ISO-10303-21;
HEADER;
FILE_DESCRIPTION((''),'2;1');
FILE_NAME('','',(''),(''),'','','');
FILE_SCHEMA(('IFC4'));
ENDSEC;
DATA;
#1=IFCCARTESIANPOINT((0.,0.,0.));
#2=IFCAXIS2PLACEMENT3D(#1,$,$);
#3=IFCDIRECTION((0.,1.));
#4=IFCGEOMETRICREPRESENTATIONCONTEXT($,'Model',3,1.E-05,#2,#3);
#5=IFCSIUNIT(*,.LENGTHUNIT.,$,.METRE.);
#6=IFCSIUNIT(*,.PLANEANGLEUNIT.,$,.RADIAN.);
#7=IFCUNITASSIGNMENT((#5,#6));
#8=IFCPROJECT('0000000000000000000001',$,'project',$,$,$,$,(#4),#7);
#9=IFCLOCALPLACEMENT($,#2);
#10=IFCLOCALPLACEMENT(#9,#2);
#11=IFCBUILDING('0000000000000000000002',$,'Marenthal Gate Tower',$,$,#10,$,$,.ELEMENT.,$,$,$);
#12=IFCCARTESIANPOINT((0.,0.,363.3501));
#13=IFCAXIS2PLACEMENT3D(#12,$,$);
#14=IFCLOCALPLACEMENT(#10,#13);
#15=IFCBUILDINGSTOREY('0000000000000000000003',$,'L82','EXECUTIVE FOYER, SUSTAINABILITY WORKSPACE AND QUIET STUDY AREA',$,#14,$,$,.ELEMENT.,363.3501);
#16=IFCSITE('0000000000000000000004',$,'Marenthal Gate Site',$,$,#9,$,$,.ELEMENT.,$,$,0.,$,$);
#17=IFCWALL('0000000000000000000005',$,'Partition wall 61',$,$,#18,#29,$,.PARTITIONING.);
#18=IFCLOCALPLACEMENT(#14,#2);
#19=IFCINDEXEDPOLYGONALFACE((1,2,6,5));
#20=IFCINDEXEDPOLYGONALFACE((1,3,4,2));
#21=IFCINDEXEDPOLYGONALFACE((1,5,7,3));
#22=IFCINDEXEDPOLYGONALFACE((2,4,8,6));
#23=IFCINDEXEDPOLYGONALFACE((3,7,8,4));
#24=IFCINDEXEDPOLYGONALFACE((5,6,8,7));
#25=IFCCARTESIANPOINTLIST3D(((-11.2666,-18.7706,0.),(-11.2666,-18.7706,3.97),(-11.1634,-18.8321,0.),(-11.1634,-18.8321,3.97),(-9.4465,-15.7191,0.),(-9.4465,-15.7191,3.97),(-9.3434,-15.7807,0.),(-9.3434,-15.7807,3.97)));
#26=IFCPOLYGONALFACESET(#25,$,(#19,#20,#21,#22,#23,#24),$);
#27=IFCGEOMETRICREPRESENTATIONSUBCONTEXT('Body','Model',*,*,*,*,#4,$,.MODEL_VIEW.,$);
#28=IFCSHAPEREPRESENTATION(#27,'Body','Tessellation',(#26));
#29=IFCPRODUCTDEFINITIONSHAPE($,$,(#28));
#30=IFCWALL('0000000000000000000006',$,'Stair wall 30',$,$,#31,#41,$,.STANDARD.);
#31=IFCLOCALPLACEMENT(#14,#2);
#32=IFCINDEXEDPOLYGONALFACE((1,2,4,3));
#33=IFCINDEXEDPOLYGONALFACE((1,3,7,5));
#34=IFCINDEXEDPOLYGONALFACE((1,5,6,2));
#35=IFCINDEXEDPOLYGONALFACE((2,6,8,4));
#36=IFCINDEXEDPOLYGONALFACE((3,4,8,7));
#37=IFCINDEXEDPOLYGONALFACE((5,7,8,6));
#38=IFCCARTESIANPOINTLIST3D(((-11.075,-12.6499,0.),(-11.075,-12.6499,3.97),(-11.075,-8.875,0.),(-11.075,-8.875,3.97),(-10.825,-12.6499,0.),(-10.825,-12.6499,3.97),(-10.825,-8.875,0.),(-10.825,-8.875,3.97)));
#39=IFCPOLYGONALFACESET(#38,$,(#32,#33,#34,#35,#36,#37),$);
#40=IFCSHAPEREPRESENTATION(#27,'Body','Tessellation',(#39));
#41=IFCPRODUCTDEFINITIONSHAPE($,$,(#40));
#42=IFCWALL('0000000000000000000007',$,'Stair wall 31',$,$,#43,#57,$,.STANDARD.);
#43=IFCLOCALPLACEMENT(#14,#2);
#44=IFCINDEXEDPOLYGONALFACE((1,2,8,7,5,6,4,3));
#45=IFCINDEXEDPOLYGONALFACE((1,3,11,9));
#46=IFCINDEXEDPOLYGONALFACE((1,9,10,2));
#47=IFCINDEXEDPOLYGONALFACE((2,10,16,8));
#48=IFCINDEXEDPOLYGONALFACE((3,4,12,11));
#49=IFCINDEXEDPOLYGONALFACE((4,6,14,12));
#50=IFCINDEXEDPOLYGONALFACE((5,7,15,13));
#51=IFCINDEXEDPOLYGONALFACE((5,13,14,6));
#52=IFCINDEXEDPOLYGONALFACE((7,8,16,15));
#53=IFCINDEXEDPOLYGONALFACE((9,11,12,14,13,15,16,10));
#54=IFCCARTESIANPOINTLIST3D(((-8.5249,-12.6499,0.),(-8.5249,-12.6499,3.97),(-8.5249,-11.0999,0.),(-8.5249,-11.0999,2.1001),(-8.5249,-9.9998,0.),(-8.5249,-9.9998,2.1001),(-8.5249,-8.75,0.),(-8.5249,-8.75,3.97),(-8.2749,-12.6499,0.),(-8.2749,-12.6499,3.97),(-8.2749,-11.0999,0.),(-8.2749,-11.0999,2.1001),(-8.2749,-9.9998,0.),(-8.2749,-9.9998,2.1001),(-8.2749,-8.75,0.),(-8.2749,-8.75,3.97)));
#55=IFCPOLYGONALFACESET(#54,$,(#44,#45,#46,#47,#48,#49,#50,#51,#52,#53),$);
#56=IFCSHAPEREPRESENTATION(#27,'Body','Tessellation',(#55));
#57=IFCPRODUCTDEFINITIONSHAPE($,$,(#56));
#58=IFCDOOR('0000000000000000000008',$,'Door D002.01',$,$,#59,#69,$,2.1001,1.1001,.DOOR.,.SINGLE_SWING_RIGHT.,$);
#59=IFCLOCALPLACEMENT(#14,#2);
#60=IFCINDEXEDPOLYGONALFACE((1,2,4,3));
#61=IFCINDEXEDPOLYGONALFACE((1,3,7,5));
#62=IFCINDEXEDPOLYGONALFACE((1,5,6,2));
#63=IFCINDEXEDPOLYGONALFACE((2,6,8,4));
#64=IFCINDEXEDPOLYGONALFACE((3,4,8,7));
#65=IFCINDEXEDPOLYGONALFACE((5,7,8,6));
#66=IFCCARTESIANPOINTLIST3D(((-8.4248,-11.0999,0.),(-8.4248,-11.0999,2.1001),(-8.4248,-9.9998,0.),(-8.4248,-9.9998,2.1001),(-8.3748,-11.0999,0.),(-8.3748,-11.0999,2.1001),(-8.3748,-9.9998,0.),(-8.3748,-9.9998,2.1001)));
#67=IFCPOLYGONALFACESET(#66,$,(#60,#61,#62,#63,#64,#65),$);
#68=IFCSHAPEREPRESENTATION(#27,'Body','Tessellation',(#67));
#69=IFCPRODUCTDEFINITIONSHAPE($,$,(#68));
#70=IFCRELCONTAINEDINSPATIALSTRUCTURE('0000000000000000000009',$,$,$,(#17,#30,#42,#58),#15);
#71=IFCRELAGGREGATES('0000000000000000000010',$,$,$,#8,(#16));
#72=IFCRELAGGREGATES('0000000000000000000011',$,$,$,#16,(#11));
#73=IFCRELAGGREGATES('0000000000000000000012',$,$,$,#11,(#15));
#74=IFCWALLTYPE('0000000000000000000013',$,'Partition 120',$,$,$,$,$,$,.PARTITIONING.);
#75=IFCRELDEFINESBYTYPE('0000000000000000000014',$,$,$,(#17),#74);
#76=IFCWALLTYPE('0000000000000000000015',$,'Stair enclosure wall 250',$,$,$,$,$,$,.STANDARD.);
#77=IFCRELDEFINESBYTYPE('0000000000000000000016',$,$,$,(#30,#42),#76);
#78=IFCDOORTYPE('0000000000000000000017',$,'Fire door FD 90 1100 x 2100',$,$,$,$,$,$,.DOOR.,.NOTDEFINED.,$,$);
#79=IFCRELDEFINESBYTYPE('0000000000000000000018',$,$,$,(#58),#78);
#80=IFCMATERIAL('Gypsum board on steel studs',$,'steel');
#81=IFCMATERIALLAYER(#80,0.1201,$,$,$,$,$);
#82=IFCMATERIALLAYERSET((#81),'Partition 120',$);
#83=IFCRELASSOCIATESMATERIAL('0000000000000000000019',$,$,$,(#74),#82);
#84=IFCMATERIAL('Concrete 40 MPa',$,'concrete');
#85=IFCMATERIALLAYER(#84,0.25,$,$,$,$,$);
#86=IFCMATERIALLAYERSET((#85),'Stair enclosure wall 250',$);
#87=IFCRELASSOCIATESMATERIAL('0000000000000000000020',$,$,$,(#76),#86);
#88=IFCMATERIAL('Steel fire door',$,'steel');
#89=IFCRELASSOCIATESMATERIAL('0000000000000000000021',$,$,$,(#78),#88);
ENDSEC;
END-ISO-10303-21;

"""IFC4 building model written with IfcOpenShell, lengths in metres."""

from ifc_helpers import new_model, si_unit, direction, frame, frame_2d, origin, place, context, subcontext, project, spatial, rectangle, extrude, material, layer, layer_set, type_object, element, fill, save


model = new_model("IFC4")

# Units and contexts
model_context = context("Model", 3, precision=1e-05, world=origin(), true_north=direction((0.0, 1.0)))
body_context = subcontext(model_context, "Body", "Model", "MODEL_VIEW")
ifc_project = project(units=[si_unit("LENGTHUNIT", "METRE"), si_unit("PLANEANGLEUNIT", "RADIAN")], contexts=[model_context])

# Site, building, storey
site_placement = place(None, origin())
site = spatial("IfcSite", under=ifc_project, at=site_placement, Name="Marenthal Gate Site", CompositionType="ELEMENT", RefElevation=0.0)
building_placement = place(site_placement, origin())
building = spatial("IfcBuilding", under=site, at=building_placement, Name="Marenthal Gate Tower", CompositionType="ELEMENT")
storey_placement = place(building_placement, frame((0.0, 0.0, 363.3501)))
storey = spatial("IfcBuildingStorey", under=building, at=storey_placement, Name="L82", Description="EXECUTIVE FOYER, SUSTAINABILITY WORKSPACE AND QUIET STUDY AREA", CompositionType="ELEMENT", Elevation=363.3501)

# Walls
ifc_material_1 = material(Name="Gypsum board on steel studs", Category="steel")
ifc_layer_1 = layer(ifc_material_1, 0.1201)
ifc_layer_set_1 = layer_set([ifc_layer_1], Name="Partition 120")
wall_type_1 = type_object("IfcWallType", Name="Partition 120", PredefinedType="PARTITIONING", material=ifc_layer_set_1)
wall_1_placement = place(storey_placement, frame((-9.395, -15.75, 0.0), z_axis=(0.0, 0.0, 1.0), x_axis=(-0.512251, -0.858836, 0.0)))
element("IfcWall", 1, at=wall_1_placement, inside=storey, type_object=wall_type_1, Name="Partition wall 61", PredefinedType="PARTITIONING", context=body_context, shape_type="SweptSolid", body=[
    extrude(rectangle(XDim=3.553, YDim=0.1201, at=frame_2d((1.7764, 0.0))), origin(), (0.0, 0.0, 1.0), 3.97),
])
ifc_material_2 = material(Name="Concrete 40 MPa", Category="concrete")
ifc_layer_2 = layer(ifc_material_2, 0.25)
ifc_layer_set_2 = layer_set([ifc_layer_2], Name="Stair enclosure wall 250")
wall_type_2 = type_object("IfcWallType", Name="Stair enclosure wall 250", PredefinedType="STANDARD", material=ifc_layer_set_2)
wall_2_placement = place(storey_placement, frame((-10.95, -12.6499, 0.0), z_axis=(0.0, 0.0, 1.0), x_axis=(0.0, 1.0, 0.0)))
element("IfcWall", 2, at=wall_2_placement, inside=storey, type_object=wall_type_2, Name="Stair wall 30", PredefinedType="STANDARD", context=body_context, shape_type="SweptSolid", body=[
    extrude(rectangle(XDim=3.7749, YDim=0.25, at=frame_2d((1.8875, 0.0))), origin(), (0.0, 0.0, 1.0), 3.97),
])

# Wall, opening, door
wall_3_placement = place(storey_placement, frame((-8.3999, -12.6499, 0.0), z_axis=(0.0, 0.0, 1.0), x_axis=(0.0, 1.0, 0.0)))
wall_3 = element("IfcWall", 3, at=wall_3_placement, inside=storey, type_object=wall_type_2, Name="Stair wall 31", PredefinedType="STANDARD", context=body_context, shape_type="SweptSolid", body=[
    extrude(rectangle(XDim=3.8999, YDim=0.25, at=frame_2d((1.95, 0.0))), origin(), (0.0, 0.0, 1.0), 3.97),
])
opening_1_placement = place(wall_3_placement, frame((1.55, 0.0, 0.0)))
opening_1 = element("IfcOpeningElement", 4, at=opening_1_placement, cuts=wall_3, PredefinedType="OPENING", context=body_context, shape_type="SweptSolid", body=[
    extrude(rectangle(XDim=1.1001, YDim=2.1001, at=frame_2d((0.55, 1.05))), frame((0.0, 0.135, 0.0), z_axis=(0.0, -1.0, 0.0), x_axis=(1.0, 0.0, 0.0)), (0.0, 0.0, 1.0), 0.27),
])
ifc_material_3 = material(Name="Steel fire door", Category="steel")
door_type_1 = type_object("IfcDoorType", Name="Fire door FD 90 1100 x 2100", OperationType="NOTDEFINED", PredefinedType="DOOR", material=ifc_material_3)
door_1_placement = place(opening_1_placement, origin())
door_1 = element("IfcDoor", 5, at=door_1_placement, inside=storey, type_object=door_type_1, Name="Door D002.01", OperationType="SINGLE_SWING_RIGHT", OverallHeight=2.1001, OverallWidth=1.1001, PredefinedType="DOOR", context=body_context, shape_type="SweptSolid", body=[
    extrude(rectangle(XDim=1.1001, YDim=2.1001, at=frame_2d((0.55, 1.05))), frame((0.0, 0.0249, 0.0), z_axis=(0.0, -1.0, 0.0), x_axis=(1.0, 0.0, 0.0)), (0.0, 0.0, 1.0), 0.05),
])
fill(opening_1, door_1)

save(model, "model.ifc")
